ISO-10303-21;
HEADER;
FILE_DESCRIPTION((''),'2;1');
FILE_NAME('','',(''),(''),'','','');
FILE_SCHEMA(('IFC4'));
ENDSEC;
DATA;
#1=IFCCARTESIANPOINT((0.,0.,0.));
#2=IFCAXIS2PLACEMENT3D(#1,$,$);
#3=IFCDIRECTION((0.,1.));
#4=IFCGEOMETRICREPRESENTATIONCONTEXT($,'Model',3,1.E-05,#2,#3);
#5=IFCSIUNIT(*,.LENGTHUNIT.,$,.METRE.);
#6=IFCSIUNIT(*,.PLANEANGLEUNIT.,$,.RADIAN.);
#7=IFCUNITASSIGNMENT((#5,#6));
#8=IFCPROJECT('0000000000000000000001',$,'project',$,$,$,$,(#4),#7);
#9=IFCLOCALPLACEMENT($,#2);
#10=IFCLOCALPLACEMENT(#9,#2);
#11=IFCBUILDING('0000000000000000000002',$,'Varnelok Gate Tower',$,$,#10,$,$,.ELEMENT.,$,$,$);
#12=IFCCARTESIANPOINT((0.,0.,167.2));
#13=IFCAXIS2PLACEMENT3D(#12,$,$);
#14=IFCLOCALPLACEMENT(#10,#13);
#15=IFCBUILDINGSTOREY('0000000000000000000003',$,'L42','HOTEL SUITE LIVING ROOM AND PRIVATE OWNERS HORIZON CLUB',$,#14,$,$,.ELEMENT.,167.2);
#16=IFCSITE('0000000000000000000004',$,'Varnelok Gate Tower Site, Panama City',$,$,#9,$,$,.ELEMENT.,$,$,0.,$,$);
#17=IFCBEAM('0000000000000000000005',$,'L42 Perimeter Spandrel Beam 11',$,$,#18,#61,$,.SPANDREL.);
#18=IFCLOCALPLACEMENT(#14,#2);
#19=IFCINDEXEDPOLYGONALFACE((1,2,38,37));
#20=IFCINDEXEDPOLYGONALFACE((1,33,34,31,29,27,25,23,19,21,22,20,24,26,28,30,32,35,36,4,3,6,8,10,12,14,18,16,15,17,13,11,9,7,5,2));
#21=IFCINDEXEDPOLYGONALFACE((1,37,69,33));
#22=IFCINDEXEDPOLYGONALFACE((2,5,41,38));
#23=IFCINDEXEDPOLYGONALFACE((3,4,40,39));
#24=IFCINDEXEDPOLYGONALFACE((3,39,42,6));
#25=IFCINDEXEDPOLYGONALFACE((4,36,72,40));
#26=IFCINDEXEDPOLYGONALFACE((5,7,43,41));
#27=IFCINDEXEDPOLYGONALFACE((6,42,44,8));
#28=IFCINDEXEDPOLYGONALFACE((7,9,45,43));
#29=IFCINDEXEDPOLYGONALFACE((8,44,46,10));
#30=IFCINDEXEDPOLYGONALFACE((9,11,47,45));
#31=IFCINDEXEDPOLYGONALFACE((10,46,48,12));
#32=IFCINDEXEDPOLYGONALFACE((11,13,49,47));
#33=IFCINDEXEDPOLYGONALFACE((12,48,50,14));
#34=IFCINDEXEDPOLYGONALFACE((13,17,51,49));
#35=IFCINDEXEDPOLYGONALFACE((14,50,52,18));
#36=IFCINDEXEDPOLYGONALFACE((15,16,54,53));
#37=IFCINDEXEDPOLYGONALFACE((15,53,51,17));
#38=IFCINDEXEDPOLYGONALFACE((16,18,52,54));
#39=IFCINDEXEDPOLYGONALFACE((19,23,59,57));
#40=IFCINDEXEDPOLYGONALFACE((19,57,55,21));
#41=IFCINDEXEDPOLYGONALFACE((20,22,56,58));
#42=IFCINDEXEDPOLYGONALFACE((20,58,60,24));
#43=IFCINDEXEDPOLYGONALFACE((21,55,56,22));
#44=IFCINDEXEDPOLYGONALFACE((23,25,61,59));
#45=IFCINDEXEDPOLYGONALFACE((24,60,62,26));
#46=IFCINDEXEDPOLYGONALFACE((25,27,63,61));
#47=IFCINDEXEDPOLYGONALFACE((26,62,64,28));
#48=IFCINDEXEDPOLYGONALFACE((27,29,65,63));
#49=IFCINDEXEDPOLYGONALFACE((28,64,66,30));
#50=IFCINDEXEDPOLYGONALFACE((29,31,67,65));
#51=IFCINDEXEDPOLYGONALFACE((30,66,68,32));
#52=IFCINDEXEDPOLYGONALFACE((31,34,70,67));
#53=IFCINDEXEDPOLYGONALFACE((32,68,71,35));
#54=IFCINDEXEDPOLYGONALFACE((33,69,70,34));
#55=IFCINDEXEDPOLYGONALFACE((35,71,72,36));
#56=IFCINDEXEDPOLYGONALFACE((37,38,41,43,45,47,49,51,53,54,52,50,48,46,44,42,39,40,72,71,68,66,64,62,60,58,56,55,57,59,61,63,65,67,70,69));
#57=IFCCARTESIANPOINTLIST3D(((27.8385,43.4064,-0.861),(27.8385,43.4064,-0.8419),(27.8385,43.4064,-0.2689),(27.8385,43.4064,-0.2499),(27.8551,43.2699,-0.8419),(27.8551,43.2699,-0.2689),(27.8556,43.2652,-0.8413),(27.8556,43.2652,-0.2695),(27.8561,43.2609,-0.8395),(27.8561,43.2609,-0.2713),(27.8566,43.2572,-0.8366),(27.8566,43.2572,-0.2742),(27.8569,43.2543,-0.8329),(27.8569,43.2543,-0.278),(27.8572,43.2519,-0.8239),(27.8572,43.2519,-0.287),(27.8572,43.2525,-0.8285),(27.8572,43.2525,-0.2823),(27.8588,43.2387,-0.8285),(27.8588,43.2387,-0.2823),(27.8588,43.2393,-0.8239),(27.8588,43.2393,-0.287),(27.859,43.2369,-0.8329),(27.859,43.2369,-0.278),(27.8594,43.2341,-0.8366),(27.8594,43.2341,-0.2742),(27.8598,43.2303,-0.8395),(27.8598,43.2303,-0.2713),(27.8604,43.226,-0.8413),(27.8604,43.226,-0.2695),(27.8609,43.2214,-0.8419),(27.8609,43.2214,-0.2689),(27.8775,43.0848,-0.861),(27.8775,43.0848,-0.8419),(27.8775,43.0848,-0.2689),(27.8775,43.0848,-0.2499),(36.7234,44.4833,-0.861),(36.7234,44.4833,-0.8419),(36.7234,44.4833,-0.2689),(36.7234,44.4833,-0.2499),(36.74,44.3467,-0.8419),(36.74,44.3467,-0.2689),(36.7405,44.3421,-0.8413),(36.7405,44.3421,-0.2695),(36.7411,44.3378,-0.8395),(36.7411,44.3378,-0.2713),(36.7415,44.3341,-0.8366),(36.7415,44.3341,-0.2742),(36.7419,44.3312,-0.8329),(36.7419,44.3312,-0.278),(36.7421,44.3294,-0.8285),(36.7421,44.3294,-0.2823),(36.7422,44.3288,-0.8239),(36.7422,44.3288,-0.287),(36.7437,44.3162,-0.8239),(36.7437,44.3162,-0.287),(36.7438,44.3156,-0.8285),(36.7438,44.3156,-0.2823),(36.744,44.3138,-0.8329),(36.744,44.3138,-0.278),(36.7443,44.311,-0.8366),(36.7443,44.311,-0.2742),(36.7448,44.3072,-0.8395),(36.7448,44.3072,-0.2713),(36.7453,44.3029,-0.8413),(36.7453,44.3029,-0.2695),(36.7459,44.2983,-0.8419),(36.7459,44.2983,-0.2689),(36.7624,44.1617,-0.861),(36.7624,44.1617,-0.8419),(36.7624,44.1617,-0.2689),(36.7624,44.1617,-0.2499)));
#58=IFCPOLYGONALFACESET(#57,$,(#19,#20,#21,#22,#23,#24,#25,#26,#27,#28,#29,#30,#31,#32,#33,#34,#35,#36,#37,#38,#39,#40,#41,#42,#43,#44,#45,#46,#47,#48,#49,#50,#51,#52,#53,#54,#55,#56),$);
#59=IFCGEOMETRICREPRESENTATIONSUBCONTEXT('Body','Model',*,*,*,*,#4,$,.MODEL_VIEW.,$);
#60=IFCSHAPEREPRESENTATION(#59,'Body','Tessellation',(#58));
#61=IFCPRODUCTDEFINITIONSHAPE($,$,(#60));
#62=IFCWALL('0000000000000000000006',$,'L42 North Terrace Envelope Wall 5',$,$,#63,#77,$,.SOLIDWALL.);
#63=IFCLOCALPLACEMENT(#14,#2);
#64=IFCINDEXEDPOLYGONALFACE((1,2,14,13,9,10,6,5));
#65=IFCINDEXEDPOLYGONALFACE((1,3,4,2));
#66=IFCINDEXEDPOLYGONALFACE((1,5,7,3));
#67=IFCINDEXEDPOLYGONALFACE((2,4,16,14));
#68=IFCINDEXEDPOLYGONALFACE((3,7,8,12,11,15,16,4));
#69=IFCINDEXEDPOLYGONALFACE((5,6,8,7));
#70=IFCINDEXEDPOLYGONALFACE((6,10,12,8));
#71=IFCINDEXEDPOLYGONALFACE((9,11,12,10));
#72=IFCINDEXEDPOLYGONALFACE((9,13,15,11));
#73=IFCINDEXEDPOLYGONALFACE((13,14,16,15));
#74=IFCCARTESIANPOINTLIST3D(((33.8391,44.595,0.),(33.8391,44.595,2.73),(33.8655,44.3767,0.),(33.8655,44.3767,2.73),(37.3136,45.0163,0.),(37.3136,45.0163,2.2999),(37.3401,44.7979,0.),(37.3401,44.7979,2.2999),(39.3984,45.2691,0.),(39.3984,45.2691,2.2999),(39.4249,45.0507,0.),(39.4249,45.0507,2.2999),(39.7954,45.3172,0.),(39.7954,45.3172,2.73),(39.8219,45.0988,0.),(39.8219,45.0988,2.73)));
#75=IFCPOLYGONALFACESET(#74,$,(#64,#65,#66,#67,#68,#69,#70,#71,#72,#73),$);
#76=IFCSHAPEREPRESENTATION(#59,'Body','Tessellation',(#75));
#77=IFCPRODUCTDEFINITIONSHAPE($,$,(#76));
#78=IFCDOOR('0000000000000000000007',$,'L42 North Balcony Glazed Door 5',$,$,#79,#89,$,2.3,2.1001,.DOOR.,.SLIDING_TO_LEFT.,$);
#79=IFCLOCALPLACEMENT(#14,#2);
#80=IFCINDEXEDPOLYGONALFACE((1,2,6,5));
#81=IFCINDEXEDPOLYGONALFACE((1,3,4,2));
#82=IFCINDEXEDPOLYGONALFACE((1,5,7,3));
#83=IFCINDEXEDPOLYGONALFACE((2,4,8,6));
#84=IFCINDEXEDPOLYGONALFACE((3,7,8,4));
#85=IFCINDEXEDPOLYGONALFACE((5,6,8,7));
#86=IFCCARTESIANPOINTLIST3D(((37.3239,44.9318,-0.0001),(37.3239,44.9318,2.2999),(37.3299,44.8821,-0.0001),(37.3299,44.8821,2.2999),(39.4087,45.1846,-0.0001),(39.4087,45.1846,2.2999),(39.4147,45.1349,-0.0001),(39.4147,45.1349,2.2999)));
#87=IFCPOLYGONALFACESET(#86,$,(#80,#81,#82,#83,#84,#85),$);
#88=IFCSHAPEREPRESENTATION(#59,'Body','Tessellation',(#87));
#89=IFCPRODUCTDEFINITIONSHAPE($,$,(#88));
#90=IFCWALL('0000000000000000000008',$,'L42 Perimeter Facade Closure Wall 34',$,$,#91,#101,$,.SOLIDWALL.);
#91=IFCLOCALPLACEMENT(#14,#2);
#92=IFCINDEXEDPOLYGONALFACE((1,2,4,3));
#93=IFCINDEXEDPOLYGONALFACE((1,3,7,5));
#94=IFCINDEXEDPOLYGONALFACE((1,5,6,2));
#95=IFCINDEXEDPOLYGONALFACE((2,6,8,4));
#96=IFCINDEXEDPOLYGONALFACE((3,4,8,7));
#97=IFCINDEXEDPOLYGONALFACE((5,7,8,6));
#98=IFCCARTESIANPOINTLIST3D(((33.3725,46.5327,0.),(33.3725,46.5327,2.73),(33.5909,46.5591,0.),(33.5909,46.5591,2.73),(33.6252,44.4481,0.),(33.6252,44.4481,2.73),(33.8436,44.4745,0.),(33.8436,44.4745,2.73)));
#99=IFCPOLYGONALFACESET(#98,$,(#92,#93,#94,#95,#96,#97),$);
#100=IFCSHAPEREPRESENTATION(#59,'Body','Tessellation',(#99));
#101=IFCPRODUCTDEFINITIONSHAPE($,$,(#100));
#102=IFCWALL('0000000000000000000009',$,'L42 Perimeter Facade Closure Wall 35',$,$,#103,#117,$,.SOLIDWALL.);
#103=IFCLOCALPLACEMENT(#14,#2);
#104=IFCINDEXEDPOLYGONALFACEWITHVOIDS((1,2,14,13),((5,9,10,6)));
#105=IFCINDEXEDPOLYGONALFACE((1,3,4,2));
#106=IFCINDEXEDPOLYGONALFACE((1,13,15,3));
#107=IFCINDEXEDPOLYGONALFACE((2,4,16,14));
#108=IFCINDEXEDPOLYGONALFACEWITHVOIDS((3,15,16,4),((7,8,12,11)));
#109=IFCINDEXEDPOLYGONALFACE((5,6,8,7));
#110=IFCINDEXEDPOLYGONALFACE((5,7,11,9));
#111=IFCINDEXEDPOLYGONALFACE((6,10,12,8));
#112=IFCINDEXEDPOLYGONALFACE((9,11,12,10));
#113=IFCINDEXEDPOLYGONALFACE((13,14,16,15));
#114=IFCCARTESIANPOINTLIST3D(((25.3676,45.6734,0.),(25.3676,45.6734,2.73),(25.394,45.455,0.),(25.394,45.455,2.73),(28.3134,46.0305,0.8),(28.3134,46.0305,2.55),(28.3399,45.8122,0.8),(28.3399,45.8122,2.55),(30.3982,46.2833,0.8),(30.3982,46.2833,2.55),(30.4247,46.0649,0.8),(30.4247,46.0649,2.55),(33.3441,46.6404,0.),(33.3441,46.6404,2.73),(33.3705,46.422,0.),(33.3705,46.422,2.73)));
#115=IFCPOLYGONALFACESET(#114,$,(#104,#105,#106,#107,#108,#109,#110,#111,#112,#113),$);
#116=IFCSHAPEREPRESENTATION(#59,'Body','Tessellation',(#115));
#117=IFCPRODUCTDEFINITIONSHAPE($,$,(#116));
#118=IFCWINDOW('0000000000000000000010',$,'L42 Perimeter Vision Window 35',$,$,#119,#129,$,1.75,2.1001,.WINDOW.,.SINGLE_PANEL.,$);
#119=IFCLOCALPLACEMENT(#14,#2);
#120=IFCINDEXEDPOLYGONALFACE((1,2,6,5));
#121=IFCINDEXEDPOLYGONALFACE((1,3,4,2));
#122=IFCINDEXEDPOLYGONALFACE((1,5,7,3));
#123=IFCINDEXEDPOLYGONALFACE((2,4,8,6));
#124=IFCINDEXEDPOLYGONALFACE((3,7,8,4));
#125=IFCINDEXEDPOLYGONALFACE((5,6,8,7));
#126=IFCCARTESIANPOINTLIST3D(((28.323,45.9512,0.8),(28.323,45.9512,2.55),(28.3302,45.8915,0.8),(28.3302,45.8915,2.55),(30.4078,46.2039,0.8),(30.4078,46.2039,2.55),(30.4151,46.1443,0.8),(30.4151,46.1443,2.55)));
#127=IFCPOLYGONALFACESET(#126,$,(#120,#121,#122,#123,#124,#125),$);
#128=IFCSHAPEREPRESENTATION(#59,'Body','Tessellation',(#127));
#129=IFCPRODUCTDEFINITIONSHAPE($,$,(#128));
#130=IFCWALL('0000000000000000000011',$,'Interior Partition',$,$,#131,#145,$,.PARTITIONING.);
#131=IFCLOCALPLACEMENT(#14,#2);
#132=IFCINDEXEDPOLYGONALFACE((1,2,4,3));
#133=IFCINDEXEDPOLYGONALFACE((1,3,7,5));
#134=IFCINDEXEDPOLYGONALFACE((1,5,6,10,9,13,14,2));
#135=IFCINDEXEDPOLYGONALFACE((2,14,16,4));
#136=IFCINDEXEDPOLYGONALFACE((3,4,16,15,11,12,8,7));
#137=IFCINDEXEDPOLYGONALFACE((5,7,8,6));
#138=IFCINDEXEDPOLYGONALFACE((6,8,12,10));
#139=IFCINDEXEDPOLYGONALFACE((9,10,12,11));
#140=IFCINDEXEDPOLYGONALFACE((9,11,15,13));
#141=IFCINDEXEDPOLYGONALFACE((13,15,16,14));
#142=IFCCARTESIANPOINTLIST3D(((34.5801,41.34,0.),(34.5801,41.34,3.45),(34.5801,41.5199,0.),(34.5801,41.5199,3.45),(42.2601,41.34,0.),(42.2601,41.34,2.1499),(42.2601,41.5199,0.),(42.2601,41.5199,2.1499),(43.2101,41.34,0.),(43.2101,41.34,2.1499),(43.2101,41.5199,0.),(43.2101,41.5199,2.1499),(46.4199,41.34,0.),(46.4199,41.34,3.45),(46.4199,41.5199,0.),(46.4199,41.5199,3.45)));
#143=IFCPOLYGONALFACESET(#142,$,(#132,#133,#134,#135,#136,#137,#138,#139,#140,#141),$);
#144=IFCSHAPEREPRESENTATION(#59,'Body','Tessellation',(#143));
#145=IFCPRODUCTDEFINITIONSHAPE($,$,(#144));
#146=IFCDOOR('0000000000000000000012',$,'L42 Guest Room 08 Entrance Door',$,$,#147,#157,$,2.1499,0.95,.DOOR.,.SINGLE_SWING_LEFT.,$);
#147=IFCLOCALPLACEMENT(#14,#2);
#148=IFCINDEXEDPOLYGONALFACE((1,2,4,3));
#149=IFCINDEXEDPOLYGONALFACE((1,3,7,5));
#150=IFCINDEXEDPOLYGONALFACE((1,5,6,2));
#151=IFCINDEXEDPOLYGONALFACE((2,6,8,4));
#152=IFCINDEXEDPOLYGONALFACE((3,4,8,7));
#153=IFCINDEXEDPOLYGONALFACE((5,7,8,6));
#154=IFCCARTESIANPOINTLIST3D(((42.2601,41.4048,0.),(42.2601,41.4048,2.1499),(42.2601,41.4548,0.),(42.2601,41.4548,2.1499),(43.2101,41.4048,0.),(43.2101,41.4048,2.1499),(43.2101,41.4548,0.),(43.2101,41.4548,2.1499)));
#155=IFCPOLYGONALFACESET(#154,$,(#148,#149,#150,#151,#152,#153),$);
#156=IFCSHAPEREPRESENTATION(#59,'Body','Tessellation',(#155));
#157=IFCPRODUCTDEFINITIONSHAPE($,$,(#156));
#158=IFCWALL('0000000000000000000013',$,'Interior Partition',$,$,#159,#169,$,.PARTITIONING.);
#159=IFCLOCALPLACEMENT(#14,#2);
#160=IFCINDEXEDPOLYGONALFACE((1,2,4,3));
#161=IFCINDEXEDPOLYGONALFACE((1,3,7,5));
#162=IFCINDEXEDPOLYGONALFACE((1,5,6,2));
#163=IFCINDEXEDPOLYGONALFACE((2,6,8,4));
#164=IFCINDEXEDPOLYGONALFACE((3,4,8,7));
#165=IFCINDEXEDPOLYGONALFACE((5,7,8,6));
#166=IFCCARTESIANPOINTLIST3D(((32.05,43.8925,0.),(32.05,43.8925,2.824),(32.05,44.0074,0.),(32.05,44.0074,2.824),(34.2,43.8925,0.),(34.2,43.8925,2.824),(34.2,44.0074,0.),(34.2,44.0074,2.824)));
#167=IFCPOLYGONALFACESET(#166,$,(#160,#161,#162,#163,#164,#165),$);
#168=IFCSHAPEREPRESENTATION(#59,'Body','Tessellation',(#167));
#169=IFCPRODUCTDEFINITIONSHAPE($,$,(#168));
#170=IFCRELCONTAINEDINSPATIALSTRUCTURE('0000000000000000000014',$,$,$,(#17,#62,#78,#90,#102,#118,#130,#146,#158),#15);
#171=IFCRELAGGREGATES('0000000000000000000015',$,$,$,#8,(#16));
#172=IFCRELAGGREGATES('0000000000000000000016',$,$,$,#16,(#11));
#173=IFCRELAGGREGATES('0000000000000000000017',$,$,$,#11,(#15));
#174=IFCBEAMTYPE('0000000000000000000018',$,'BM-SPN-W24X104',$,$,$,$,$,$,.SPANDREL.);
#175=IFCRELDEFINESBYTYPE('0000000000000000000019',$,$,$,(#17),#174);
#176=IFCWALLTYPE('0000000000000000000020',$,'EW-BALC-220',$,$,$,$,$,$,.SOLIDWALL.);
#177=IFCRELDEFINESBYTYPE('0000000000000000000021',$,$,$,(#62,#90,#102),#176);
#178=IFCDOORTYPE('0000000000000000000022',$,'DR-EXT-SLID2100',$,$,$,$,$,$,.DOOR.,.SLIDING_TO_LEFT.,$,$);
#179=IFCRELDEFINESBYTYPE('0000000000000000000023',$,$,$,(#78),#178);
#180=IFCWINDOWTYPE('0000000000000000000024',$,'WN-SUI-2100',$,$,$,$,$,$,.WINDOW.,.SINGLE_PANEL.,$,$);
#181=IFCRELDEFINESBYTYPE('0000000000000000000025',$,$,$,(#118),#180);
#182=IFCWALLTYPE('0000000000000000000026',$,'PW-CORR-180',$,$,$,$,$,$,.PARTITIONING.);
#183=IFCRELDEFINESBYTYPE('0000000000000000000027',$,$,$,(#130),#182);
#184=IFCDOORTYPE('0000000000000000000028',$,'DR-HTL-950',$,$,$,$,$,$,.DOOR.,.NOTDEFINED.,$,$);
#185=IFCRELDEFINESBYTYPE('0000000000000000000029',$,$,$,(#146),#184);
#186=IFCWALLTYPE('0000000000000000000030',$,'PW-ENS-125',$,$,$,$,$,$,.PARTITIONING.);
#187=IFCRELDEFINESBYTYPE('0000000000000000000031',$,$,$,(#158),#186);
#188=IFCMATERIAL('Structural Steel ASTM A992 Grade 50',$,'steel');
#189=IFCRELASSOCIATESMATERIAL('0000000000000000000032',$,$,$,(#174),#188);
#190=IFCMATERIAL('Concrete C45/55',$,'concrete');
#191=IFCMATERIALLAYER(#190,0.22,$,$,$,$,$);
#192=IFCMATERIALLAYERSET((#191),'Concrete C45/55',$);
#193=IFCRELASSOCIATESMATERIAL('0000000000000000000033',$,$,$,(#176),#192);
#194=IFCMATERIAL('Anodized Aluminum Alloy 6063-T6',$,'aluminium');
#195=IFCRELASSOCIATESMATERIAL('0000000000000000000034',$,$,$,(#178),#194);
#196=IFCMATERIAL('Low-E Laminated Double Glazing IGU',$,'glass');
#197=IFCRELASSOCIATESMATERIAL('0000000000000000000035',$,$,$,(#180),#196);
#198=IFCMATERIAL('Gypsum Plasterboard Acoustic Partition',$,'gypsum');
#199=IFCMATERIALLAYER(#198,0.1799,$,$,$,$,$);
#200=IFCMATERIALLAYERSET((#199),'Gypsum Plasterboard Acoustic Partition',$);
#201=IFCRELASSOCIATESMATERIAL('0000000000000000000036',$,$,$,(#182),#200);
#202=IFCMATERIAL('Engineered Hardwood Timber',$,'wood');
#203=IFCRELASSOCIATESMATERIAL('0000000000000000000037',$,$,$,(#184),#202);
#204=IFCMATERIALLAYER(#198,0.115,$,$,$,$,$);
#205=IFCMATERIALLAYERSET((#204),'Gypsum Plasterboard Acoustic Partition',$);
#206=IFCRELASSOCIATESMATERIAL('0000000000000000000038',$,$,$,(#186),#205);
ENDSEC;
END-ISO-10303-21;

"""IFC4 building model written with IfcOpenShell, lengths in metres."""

from ifc_helpers import new_model, si_unit, direction, frame, frame_2d, origin, origin_2d, place, context, subcontext, project, spatial, rectangle, i_section, extrude, material, layer, layer_set, material_profile, profile_set, type_object, element, fill, save


model = new_model("IFC4")

# Units and contexts
model_context = context("Model", 3, precision=1e-05, world=origin(), true_north=direction((0.0, 1.0)))
body_context = subcontext(model_context, "Body", "Model", "MODEL_VIEW")
ifc_project = project(units=[si_unit("LENGTHUNIT", "METRE"), si_unit("PLANEANGLEUNIT", "RADIAN")], contexts=[model_context])

# Site, building, storey
site_placement = place(None, origin())
site = spatial("IfcSite", under=ifc_project, at=site_placement, Name="Varnelok Gate Tower Site, Panama City", CompositionType="ELEMENT", RefElevation=0.0)
building_placement = place(site_placement, origin())
building = spatial("IfcBuilding", under=site, at=building_placement, Name="Varnelok Gate Tower", CompositionType="ELEMENT")
storey_placement = place(building_placement, frame((0.0, 0.0, 167.2)))
storey = spatial("IfcBuildingStorey", under=building, at=storey_placement, Name="L42", Description="HOTEL SUITE LIVING ROOM AND PRIVATE OWNERS HORIZON CLUB", CompositionType="ELEMENT", Elevation=167.2)

# Shared definitions
ifc_material_1 = material(Name="Structural Steel ASTM A992 Grade 50", Category="steel")

# Beam
ifc_material_profile_1 = material_profile(ifc_material_1, i_section(OverallWidth=0.324, OverallDepth=0.6111, WebThickness=0.0127, FlangeThickness=0.019, FilletRadius=0.0181, at=origin_2d()), Name="W24X104")
ifc_profile_set_1 = profile_set([ifc_material_profile_1], Name="Structural Steel ASTM A992 Grade 50")
beam_type_1 = type_object("IfcBeamType", Name="BM-SPN-W24X104", PredefinedType="SPANDREL", material=ifc_profile_set_1)
beam_1_placement = place(storey_placement, frame((36.7429, 44.3225, -0.5554), z_axis=(-0.992735, -0.120324, 0.0), x_axis=(0.120324, -0.992735, 0.0)))
element("IfcBeam", 1, at=beam_1_placement, inside=storey, type_object=beam_type_1, Name="L42 Perimeter Spandrel Beam 11", PredefinedType="SPANDREL", context=body_context, shape_type="SweptSolid", body=[
    extrude(i_section(OverallWidth=0.324, OverallDepth=0.6111, WebThickness=0.0127, FlangeThickness=0.019, FilletRadius=0.0181, at=origin_2d()), origin(), (0.0, 0.0, 1.0), 8.95),
])

# Wall, opening, door
ifc_material_2 = material(Name="Concrete C45/55", Category="concrete")
ifc_layer_1 = layer(ifc_material_2, 0.22)
ifc_layer_set_1 = layer_set([ifc_layer_1], Name="Concrete C45/55")
wall_type_1 = type_object("IfcWallType", Name="EW-BALC-220", PredefinedType="SOLIDWALL", material=ifc_layer_set_1)
wall_1_placement = place(storey_placement, frame((33.8523, 44.4858, 0.0), z_axis=(0.0, 0.0, 1.0), x_axis=(0.99273, 0.120363, 0.0)))
wall_1 = element("IfcWall", 2, at=wall_1_placement, inside=storey, type_object=wall_type_1, Name="L42 North Terrace Envelope Wall 5", PredefinedType="SOLIDWALL", context=body_context, shape_type="SweptSolid", body=[
    extrude(rectangle(XDim=6.0, YDim=0.22, at=frame_2d((3.0, 0.0))), origin(), (0.0, 0.0, 1.0), 2.73),
])
opening_1_placement = place(wall_1_placement, frame((3.5, 0.0, 0.0)))
opening_1 = element("IfcOpeningElement", 3, at=opening_1_placement, cuts=wall_1, PredefinedType="OPENING", context=body_context, shape_type="SweptSolid", body=[
    extrude(rectangle(XDim=2.1001, YDim=2.3, at=frame_2d((1.05, 1.1499))), frame((0.0, 0.1199, 0.0), z_axis=(0.0, -1.0, 0.0), x_axis=(1.0, 0.0, 0.0)), (0.0, 0.0, 1.0), 0.24),
])
ifc_material_3 = material(Name="Anodized Aluminum Alloy 6063-T6", Category="aluminium")
door_type_1 = type_object("IfcDoorType", Name="DR-EXT-SLID2100", OperationType="SLIDING_TO_LEFT", PredefinedType="DOOR", material=ifc_material_3)
door_1_placement = place(opening_1_placement, origin())
door_1 = element("IfcDoor", 4, at=door_1_placement, inside=storey, type_object=door_type_1, Name="L42 North Balcony Glazed Door 5", OperationType="SLIDING_TO_LEFT", OverallHeight=2.3, OverallWidth=2.1001, PredefinedType="DOOR", context=body_context, shape_type="SweptSolid", body=[
    extrude(rectangle(XDim=2.1001, YDim=2.3, at=frame_2d((1.05, 1.1499))), frame((0.0, 0.0249, 0.0), z_axis=(0.0, -1.0, 0.0), x_axis=(1.0, 0.0, 0.0)), (0.0, 0.0, 1.0), 0.05),
])
fill(opening_1, door_1)

# Wall
wall_2_placement = place(storey_placement, frame((33.7344, 44.4614, 0.0), z_axis=(0.0, 0.0, 1.0), x_axis=(-0.120328, 0.992734, 0.0)))
element("IfcWall", 5, at=wall_2_placement, inside=storey, type_object=wall_type_1, Name="L42 Perimeter Facade Closure Wall 34", PredefinedType="SOLIDWALL", context=body_context, shape_type="SweptSolid", body=[
    extrude(rectangle(XDim=2.0999, YDim=0.22, at=frame_2d((1.0498, 0.0))), origin(), (0.0, 0.0, 1.0), 2.73),
])

# Wall, opening, window
wall_3_placement = place(storey_placement, frame((33.3574, 46.5312, 0.0), z_axis=(0.0, 0.0, 1.0), x_axis=(-0.992731, -0.120354, 0.0)))
wall_3 = element("IfcWall", 6, at=wall_3_placement, inside=storey, type_object=wall_type_1, Name="L42 Perimeter Facade Closure Wall 35", PredefinedType="SOLIDWALL", context=body_context, shape_type="SweptSolid", body=[
    extrude(rectangle(XDim=8.0349, YDim=0.22, at=frame_2d((4.0176, 0.0))), origin(), (0.0, 0.0, 1.0), 2.73),
])
opening_2_placement = place(wall_3_placement, frame((2.9675, 0.0, 0.8)))
opening_2 = element("IfcOpeningElement", 7, at=opening_2_placement, cuts=wall_3, PredefinedType="OPENING", context=body_context, shape_type="SweptSolid", body=[
    extrude(rectangle(XDim=2.1001, YDim=1.75, at=frame_2d((1.05, 0.875))), frame((0.0, 0.1199, 0.0), z_axis=(0.0, -1.0, 0.0), x_axis=(1.0, 0.0, 0.0)), (0.0, 0.0, 1.0), 0.24),
])
ifc_material_4 = material(Name="Low-E Laminated Double Glazing IGU", Category="glass")
window_type = type_object("IfcWindowType", Name="WN-SUI-2100", PartitioningType="SINGLE_PANEL", PredefinedType="WINDOW", material=ifc_material_4)
window_placement = place(opening_2_placement, origin())
window = element("IfcWindow", 8, at=window_placement, inside=storey, type_object=window_type, Name="L42 Perimeter Vision Window 35", OverallHeight=1.75, OverallWidth=2.1001, PartitioningType="SINGLE_PANEL", PredefinedType="WINDOW", context=body_context, shape_type="SweptSolid", body=[
    extrude(rectangle(XDim=2.1001, YDim=1.75, at=frame_2d((1.05, 0.875))), frame((0.0, 0.03, 0.0), z_axis=(0.0, -1.0, 0.0), x_axis=(1.0, 0.0, 0.0)), (0.0, 0.0, 1.0), 0.0601),
])
fill(opening_2, window)

# Wall, opening, door
ifc_material_5 = material(Name="Gypsum Plasterboard Acoustic Partition", Category="gypsum")
ifc_layer_2 = layer(ifc_material_5, 0.1799)
ifc_layer_set_2 = layer_set([ifc_layer_2], Name="Gypsum Plasterboard Acoustic Partition")
wall_type_2 = type_object("IfcWallType", Name="PW-CORR-180", PredefinedType="PARTITIONING", material=ifc_layer_set_2)
wall_4_placement = place(storey_placement, frame((34.5801, 41.4299, 0.0), z_axis=(0.0, 0.0, 1.0), x_axis=(1.0, 0.0, 0.0)))
wall_4 = element("IfcWall", 9, at=wall_4_placement, inside=storey, type_object=wall_type_2, Name="Interior Partition", PredefinedType="PARTITIONING", context=body_context, shape_type="SweptSolid", body=[
    extrude(rectangle(XDim=11.8398, YDim=0.1799, at=frame_2d((5.9199, 0.0))), origin(), (0.0, 0.0, 1.0), 3.45),
])
opening_3_placement = place(wall_4_placement, frame((7.6799, 0.0, 0.0)))
opening_3 = element("IfcOpeningElement", 10, at=opening_3_placement, cuts=wall_4, PredefinedType="OPENING", context=body_context, shape_type="SweptSolid", body=[
    extrude(rectangle(XDim=0.95, YDim=2.1499, at=frame_2d((0.4751, 1.075))), frame((0.0, 0.0999, 0.0), z_axis=(0.0, -1.0, 0.0), x_axis=(1.0, 0.0, 0.0)), (0.0, 0.0, 1.0), 0.2),
])
ifc_material_6 = material(Name="Engineered Hardwood Timber", Category="wood")
door_type_2 = type_object("IfcDoorType", Name="DR-HTL-950", OperationType="NOTDEFINED", PredefinedType="DOOR", material=ifc_material_6)
door_2_placement = place(opening_3_placement, origin())
door_2 = element("IfcDoor", 11, at=door_2_placement, inside=storey, type_object=door_type_2, Name="L42 Guest Room 08 Entrance Door", OperationType="SINGLE_SWING_LEFT", OverallHeight=2.1499, OverallWidth=0.95, PredefinedType="DOOR", context=body_context, shape_type="SweptSolid", body=[
    extrude(rectangle(XDim=0.95, YDim=2.1499, at=frame_2d((0.4751, 1.075))), frame((0.0, 0.0249, 0.0), z_axis=(0.0, -1.0, 0.0), x_axis=(1.0, 0.0, 0.0)), (0.0, 0.0, 1.0), 0.05),
])
fill(opening_3, door_2)

# Wall
ifc_layer_3 = layer(ifc_material_5, 0.115)
ifc_layer_set_3 = layer_set([ifc_layer_3], Name="Gypsum Plasterboard Acoustic Partition")
wall_type_3 = type_object("IfcWallType", Name="PW-ENS-125", PredefinedType="PARTITIONING", material=ifc_layer_set_3)
wall_5_placement = place(storey_placement, frame((32.05, 43.95, 0.0), z_axis=(0.0, 0.0, 1.0), x_axis=(1.0, 0.0, 0.0)))
element("IfcWall", 12, at=wall_5_placement, inside=storey, type_object=wall_type_3, Name="Interior Partition", PredefinedType="PARTITIONING", context=body_context, shape_type="SweptSolid", body=[
    extrude(rectangle(XDim=2.1499, YDim=0.115, at=frame_2d((1.075, 0.0))), origin(), (0.0, 0.0, 1.0), 2.824),
])

save(model, "model.ifc")
